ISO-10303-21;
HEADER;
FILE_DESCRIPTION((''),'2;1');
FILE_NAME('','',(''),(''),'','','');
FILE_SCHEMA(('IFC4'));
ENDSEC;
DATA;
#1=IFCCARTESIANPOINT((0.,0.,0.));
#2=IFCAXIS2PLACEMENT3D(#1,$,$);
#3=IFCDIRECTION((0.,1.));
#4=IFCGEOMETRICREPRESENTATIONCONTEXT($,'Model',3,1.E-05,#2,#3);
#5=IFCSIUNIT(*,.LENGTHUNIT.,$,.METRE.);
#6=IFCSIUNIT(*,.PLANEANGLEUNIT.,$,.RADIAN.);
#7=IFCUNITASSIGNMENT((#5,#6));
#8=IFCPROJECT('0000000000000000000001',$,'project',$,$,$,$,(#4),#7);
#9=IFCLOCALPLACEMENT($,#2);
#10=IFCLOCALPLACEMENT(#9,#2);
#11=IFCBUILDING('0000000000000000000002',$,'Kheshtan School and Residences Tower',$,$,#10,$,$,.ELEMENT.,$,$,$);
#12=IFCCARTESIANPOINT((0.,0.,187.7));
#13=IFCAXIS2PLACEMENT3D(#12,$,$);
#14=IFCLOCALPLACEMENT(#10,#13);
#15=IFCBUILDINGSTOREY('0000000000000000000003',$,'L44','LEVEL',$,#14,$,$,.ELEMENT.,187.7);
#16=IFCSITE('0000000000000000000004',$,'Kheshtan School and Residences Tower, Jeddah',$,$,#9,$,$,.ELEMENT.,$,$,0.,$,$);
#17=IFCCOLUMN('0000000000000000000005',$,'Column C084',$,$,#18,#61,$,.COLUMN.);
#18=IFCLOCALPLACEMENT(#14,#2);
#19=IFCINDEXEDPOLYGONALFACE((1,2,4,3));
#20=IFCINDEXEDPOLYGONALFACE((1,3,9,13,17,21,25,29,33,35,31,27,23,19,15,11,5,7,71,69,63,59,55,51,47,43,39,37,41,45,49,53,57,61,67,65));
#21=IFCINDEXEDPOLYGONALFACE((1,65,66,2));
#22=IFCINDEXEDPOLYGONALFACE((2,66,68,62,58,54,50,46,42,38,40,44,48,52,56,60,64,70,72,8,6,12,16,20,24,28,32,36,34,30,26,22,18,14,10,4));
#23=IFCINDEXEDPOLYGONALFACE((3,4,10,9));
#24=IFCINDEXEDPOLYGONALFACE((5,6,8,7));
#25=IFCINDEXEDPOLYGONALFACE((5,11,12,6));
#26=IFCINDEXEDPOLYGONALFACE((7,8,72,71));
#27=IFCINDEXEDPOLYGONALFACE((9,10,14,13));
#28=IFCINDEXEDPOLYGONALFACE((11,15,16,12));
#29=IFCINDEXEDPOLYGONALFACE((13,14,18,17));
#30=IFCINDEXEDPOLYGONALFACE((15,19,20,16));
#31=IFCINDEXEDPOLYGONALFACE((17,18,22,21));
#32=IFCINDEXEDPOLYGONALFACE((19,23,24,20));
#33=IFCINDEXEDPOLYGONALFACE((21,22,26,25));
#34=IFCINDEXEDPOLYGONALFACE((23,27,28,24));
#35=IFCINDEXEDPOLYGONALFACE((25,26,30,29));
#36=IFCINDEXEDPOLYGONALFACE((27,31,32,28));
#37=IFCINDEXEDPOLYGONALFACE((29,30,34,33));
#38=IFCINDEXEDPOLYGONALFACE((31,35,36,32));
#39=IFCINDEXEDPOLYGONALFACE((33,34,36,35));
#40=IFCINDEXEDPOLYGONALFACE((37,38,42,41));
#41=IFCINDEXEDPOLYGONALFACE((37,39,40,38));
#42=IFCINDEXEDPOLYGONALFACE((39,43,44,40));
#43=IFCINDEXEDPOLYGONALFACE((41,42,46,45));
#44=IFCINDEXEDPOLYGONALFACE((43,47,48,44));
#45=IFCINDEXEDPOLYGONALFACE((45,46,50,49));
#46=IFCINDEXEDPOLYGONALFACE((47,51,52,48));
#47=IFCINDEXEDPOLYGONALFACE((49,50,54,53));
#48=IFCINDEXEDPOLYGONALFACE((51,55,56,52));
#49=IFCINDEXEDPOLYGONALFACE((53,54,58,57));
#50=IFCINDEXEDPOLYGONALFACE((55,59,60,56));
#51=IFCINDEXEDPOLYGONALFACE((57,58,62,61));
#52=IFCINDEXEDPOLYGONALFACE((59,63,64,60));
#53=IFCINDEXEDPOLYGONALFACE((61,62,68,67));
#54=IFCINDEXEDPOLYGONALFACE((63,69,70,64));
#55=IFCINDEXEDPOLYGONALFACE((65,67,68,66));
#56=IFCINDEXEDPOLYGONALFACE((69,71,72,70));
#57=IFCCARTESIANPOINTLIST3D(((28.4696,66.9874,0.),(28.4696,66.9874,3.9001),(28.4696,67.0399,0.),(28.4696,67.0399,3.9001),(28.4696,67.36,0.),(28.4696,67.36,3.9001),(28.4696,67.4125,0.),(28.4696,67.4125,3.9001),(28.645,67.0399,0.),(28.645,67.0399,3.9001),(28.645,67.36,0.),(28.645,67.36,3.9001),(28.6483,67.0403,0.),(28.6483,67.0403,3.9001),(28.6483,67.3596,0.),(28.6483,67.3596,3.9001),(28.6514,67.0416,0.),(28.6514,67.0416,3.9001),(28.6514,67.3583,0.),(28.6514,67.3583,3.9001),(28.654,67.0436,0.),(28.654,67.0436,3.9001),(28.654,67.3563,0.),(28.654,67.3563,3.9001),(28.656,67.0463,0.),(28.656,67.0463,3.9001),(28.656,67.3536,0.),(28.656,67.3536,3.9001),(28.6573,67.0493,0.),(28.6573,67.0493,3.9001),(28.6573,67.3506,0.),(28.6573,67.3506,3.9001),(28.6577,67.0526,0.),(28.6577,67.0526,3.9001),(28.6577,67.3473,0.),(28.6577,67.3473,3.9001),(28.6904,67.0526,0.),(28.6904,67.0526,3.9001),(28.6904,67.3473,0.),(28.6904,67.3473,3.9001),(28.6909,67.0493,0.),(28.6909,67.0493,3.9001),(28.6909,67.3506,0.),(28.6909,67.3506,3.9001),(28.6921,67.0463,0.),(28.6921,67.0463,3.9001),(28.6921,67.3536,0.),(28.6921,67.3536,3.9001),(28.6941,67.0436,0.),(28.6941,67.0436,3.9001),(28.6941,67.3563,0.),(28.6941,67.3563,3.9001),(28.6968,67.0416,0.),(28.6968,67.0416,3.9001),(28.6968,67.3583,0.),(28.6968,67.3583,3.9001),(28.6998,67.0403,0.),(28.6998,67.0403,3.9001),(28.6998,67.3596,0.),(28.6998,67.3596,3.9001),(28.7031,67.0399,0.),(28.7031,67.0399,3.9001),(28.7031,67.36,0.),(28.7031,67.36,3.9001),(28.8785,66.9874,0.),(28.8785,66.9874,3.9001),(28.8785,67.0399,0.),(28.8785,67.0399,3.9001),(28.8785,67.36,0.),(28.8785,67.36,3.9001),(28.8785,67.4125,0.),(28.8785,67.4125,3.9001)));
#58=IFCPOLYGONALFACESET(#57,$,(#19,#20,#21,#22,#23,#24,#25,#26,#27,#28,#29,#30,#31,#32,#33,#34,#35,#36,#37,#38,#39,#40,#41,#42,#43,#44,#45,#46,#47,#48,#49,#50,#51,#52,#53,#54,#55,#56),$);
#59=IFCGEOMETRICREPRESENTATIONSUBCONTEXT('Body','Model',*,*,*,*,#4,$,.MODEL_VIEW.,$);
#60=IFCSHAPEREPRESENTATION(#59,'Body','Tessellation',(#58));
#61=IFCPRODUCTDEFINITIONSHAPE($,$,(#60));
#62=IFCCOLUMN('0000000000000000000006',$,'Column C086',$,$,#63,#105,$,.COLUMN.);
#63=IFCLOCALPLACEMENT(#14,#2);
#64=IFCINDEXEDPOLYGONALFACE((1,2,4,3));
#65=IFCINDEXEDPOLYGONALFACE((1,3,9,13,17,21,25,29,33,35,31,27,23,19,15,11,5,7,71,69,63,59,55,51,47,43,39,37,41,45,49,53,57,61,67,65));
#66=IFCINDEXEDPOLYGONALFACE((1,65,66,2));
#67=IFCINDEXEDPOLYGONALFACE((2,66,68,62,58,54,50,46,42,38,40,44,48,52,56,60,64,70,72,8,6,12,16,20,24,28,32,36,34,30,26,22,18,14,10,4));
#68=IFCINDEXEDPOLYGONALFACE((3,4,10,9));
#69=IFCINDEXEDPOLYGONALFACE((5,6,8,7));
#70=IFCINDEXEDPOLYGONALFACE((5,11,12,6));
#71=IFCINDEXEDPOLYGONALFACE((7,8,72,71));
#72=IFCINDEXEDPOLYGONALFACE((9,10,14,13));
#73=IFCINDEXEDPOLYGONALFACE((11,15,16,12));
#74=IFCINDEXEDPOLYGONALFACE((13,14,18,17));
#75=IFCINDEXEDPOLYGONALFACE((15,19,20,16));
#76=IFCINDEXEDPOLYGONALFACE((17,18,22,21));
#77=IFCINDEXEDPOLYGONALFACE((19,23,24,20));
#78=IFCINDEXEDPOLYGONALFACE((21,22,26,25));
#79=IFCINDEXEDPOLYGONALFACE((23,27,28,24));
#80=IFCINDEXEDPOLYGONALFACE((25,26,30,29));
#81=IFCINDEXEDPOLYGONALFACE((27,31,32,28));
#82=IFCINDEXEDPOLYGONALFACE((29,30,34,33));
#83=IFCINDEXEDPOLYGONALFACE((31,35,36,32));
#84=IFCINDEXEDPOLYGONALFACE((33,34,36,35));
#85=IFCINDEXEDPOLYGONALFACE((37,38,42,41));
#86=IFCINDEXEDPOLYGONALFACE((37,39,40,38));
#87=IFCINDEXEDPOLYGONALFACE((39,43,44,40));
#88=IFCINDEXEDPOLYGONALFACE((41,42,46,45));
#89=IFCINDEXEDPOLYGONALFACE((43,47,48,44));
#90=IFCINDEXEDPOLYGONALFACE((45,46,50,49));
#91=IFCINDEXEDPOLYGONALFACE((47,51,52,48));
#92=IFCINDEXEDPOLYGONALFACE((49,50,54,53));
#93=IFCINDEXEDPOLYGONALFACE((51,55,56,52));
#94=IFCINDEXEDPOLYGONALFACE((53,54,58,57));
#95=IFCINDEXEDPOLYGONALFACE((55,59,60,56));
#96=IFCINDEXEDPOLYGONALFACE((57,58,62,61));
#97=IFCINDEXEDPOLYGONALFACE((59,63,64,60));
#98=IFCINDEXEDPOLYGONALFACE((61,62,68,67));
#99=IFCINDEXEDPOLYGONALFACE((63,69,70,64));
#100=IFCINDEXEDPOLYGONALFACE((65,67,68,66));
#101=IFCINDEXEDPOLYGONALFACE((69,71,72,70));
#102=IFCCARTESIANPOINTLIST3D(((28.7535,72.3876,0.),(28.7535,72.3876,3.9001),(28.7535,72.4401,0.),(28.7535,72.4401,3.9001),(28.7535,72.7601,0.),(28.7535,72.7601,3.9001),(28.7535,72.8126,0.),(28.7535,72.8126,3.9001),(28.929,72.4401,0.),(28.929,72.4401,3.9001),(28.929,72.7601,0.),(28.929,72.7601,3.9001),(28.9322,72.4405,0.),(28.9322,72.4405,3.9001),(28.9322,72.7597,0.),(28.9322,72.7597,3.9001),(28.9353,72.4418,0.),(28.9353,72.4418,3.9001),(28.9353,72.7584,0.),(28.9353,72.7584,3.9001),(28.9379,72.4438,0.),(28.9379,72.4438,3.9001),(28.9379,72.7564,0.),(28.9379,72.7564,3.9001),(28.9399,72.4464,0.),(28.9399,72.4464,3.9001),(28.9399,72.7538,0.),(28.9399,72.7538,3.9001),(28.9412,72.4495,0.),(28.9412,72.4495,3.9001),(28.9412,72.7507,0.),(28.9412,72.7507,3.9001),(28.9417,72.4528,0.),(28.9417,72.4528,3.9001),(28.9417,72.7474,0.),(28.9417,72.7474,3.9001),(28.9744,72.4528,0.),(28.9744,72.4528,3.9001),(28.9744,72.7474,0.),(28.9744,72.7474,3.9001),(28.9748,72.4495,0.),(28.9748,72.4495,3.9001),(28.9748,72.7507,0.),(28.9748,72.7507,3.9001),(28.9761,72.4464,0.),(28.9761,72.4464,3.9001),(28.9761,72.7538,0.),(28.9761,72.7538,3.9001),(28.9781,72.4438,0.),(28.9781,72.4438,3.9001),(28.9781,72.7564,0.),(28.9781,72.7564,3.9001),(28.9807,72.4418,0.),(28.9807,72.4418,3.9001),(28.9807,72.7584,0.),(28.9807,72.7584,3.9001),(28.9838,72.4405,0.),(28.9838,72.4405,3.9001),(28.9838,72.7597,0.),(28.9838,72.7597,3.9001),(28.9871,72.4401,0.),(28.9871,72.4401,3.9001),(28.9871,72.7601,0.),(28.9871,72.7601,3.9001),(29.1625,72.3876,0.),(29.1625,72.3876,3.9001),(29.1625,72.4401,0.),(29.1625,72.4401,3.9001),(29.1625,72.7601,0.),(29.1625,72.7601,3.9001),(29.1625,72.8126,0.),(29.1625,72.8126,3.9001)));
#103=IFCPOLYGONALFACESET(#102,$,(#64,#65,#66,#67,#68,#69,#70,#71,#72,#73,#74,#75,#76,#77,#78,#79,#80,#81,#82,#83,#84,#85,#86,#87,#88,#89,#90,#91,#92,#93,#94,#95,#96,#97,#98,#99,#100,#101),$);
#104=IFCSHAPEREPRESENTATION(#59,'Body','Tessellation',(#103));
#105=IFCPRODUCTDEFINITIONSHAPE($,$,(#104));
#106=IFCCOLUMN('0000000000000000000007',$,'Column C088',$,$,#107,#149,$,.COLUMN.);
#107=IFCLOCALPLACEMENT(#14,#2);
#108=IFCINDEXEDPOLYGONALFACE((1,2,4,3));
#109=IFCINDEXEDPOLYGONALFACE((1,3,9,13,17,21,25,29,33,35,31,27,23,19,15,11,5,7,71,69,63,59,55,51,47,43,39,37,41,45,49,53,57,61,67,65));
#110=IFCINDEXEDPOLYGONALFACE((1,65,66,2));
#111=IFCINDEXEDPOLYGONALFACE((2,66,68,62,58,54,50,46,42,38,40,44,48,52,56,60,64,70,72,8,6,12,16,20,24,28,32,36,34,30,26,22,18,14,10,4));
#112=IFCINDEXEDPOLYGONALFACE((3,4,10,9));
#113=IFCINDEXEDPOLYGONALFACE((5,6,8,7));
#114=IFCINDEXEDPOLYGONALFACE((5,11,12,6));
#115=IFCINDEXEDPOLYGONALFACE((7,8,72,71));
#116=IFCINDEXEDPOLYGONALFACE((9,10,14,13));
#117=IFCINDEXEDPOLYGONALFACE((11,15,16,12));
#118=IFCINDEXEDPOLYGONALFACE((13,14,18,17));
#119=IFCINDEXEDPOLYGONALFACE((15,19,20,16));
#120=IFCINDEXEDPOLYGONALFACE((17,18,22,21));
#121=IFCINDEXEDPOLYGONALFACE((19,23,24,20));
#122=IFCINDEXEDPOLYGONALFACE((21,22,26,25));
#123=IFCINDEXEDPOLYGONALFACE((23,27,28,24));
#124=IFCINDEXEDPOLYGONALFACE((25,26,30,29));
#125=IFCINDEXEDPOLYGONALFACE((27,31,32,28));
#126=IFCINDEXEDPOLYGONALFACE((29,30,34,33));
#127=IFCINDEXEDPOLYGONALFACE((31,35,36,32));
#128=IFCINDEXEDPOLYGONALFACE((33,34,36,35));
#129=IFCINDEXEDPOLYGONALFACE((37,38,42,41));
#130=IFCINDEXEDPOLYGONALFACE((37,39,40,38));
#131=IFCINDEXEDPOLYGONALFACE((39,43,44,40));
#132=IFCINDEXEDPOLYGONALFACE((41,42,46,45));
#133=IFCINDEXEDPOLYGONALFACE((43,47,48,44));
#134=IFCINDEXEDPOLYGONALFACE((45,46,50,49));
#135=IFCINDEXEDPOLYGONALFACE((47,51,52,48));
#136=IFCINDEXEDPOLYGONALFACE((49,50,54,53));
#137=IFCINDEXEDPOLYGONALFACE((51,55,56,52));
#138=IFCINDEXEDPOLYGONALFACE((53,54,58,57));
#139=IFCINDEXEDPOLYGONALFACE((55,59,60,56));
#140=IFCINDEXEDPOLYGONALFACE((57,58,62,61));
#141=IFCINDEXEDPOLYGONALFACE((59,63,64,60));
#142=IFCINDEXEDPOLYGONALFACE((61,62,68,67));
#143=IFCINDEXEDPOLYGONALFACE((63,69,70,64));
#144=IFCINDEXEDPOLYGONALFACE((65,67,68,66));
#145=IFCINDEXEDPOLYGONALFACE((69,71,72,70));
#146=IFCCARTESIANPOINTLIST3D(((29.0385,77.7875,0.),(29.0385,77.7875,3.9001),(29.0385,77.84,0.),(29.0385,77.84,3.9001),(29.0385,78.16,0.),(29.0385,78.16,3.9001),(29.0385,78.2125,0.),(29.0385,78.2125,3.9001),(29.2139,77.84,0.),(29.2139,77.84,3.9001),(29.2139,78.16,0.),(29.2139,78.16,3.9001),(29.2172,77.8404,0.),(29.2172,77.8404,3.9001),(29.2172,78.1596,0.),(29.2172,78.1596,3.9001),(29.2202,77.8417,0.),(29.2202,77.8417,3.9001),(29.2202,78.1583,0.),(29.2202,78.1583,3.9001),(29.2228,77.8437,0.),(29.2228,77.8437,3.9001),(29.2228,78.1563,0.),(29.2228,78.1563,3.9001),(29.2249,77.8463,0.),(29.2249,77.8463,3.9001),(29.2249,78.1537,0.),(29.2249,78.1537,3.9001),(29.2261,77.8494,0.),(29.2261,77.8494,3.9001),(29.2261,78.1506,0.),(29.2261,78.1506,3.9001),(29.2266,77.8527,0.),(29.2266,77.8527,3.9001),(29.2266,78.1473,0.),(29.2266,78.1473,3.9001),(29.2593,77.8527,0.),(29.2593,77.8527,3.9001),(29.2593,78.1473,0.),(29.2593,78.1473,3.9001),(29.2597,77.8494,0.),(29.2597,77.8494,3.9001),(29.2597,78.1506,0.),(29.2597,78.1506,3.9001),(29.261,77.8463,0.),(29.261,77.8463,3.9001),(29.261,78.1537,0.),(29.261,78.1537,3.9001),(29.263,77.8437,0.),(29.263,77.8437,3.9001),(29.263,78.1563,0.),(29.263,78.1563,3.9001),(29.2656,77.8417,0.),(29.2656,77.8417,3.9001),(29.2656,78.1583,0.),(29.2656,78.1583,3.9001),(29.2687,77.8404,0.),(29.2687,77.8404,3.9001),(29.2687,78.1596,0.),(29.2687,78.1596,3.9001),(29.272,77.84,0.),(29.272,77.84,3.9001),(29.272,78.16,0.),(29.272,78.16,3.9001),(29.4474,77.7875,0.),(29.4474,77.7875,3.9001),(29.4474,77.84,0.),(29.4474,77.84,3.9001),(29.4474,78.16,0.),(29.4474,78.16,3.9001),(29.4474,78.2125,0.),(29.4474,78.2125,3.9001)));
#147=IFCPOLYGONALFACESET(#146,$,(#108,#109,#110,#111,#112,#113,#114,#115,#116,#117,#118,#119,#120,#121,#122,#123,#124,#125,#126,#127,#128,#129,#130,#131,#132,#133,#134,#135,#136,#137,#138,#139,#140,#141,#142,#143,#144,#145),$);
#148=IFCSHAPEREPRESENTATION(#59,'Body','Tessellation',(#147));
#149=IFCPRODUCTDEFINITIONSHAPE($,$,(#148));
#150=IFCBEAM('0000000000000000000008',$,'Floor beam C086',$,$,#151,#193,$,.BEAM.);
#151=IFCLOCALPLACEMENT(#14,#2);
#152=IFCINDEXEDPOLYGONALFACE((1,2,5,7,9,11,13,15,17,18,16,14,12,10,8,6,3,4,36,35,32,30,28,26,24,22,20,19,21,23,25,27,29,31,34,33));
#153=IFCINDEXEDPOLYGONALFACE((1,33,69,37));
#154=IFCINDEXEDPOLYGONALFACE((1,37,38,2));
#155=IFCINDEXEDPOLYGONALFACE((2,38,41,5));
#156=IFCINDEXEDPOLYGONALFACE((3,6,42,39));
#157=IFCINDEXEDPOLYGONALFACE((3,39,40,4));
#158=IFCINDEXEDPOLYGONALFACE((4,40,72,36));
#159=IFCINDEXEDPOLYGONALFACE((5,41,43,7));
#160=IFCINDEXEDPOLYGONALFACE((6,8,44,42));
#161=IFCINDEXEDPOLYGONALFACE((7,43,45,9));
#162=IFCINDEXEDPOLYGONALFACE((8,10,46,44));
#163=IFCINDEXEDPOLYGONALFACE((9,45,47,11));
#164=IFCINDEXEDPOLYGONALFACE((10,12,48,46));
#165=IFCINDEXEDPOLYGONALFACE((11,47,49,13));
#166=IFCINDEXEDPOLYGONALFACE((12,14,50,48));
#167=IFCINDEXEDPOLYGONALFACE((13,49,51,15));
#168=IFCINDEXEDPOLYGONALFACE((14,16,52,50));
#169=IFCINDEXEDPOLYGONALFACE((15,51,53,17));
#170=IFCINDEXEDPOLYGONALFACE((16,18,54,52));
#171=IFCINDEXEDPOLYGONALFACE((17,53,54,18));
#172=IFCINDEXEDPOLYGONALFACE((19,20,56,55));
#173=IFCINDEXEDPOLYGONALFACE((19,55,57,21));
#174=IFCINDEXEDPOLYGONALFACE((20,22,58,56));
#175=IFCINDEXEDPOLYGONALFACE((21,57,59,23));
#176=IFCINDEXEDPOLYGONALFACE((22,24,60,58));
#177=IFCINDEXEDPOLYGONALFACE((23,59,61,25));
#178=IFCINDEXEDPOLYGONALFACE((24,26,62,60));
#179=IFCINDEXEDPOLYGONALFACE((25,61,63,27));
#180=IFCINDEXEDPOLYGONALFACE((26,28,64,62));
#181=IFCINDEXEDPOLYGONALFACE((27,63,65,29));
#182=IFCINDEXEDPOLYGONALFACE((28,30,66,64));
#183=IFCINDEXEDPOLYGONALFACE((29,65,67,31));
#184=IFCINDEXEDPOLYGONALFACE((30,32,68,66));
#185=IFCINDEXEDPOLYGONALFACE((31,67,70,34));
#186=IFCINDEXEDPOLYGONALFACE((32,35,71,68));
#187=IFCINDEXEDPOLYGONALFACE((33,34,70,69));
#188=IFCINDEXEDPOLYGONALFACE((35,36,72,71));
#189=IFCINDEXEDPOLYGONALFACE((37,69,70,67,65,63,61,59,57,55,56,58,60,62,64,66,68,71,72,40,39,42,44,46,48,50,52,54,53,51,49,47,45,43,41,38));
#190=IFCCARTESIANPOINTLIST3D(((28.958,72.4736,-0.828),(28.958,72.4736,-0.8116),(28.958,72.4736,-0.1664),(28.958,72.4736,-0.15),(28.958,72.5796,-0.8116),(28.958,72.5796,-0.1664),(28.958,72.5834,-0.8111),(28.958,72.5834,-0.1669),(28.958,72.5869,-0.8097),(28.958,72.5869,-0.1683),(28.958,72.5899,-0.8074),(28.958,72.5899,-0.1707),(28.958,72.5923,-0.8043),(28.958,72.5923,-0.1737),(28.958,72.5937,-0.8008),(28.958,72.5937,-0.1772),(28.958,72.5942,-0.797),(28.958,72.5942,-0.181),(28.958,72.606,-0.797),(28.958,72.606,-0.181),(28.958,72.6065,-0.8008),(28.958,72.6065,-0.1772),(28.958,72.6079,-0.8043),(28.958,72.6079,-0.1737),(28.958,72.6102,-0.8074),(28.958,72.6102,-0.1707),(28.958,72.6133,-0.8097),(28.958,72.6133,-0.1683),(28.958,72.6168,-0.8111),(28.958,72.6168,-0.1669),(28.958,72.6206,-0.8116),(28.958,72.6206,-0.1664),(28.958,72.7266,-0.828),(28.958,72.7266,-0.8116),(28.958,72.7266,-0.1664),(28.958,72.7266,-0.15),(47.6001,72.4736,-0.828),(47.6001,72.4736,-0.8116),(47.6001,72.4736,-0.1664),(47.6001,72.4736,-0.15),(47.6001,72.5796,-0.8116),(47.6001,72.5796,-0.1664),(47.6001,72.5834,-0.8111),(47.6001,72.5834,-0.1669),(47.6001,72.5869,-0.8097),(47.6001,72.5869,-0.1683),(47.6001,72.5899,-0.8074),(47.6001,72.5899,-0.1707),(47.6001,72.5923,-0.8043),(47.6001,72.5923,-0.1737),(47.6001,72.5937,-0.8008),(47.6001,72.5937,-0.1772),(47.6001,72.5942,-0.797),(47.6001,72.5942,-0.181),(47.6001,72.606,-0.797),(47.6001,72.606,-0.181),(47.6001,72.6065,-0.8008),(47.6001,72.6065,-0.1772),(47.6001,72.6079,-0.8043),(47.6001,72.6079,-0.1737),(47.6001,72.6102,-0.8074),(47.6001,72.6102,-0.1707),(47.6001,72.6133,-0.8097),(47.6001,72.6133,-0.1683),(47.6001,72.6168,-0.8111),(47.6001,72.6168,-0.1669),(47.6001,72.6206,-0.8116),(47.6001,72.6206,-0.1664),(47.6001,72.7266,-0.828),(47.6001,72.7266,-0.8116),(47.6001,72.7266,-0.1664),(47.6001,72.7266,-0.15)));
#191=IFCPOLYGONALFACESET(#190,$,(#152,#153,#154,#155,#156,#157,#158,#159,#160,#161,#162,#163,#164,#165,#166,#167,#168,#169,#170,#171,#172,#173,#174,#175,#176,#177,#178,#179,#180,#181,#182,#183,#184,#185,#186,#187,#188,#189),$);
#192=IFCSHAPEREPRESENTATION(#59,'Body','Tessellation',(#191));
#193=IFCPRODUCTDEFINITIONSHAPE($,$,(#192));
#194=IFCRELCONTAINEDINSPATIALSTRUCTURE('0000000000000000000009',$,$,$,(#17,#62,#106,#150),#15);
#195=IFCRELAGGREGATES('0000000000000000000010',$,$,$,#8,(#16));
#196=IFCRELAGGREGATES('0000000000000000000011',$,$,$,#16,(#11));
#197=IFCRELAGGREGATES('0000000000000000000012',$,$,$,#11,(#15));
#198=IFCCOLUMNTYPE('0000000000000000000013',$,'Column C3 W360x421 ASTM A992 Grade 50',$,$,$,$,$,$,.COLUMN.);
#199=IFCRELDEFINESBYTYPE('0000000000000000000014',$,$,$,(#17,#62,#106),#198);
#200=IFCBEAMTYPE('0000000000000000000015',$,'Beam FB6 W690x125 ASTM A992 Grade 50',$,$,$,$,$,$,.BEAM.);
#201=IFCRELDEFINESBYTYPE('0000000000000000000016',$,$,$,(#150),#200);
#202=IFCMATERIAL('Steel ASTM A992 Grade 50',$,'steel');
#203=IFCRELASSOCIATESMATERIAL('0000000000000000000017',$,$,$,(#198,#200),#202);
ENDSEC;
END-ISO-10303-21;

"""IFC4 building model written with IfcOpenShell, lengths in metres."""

from ifc_helpers import new_model, si_unit, direction, frame, origin, origin_2d, place, context, subcontext, project, spatial, i_section, extrude, material, material_profile, profile_set, type_object, element, save


model = new_model("IFC4")

# Units and contexts
model_context = context("Model", 3, precision=1e-05, world=origin(), true_north=direction((0.0, 1.0)))
body_context = subcontext(model_context, "Body", "Model", "MODEL_VIEW")
ifc_project = project(units=[si_unit("LENGTHUNIT", "METRE"), si_unit("PLANEANGLEUNIT", "RADIAN")], contexts=[model_context])

# Site, building, storey
site_placement = place(None, origin())
site = spatial("IfcSite", under=ifc_project, at=site_placement, Name="Kheshtan School and Residences Tower, Jeddah", CompositionType="ELEMENT", RefElevation=0.0)
building_placement = place(site_placement, origin())
building = spatial("IfcBuilding", under=site, at=building_placement, Name="Kheshtan School and Residences Tower", CompositionType="ELEMENT")
storey_placement = place(building_placement, frame((0.0, 0.0, 187.7)))
storey = spatial("IfcBuildingStorey", under=building, at=storey_placement, Name="L44", Description="LEVEL", CompositionType="ELEMENT", Elevation=187.7)

# Columns
ifc_material_1 = material(Name="Steel ASTM A992 Grade 50", Category="steel")
ifc_material_profile_1 = material_profile(ifc_material_1, i_section(OverallWidth=0.4089, OverallDepth=0.425, WebThickness=0.0327, FlangeThickness=0.0525, FilletRadius=0.0127, at=origin_2d()), Name="W360x421")
ifc_profile_set_1 = profile_set([ifc_material_profile_1], Name="Steel ASTM A992 Grade 50")
column_type = type_object("IfcColumnType", Name="Column C3 W360x421 ASTM A992 Grade 50", PredefinedType="COLUMN", material=ifc_profile_set_1)
for number, where, z_axis, x_axis, name in (
    (1, (28.6741, 67.2, 0.0), (0.0, 0.0, 1.0), (1.0, 0.0, 0.0), "Column C084"),
    (2, (28.958, 72.6001, 0.0), (0.0, 0.0, 1.0), (1.0, 0.0, 0.0), "Column C086"),
    (3, (29.2429, 78.0, 0.0), (0.0, 0.0, 1.0), (1.0, 0.0, 0.0), "Column C088"),
):
    element("IfcColumn", number, at=place(storey_placement, frame(where, z_axis=z_axis, x_axis=x_axis)), inside=storey, type_object=column_type, Name=name, PredefinedType="COLUMN", context=body_context, shape_type="SweptSolid", body=[
        extrude(i_section(OverallWidth=0.4089, OverallDepth=0.425, WebThickness=0.0327, FlangeThickness=0.0525, FilletRadius=0.0127, at=origin_2d()), origin(), (0.0, 0.0, 1.0), 3.9001),
    ])

# Beam
ifc_material_profile_2 = material_profile(ifc_material_1, i_section(OverallWidth=0.2529, OverallDepth=0.678, WebThickness=0.0117, FlangeThickness=0.0164, FilletRadius=0.0146, at=origin_2d()), Name="W690x125")
ifc_profile_set_2 = profile_set([ifc_material_profile_2], Name="Steel ASTM A992 Grade 50")
beam_type_1 = type_object("IfcBeamType", Name="Beam FB6 W690x125 ASTM A992 Grade 50", PredefinedType="BEAM", material=ifc_profile_set_2)
beam_1_placement = place(storey_placement, frame((28.958, 72.6001, -0.489), z_axis=(1.0, 0.0, 0.0), x_axis=(0.0, 1.0, 0.0)))
element("IfcBeam", 4, at=beam_1_placement, inside=storey, type_object=beam_type_1, Name="Floor beam C086", PredefinedType="BEAM", context=body_context, shape_type="SweptSolid", body=[
    extrude(i_section(OverallWidth=0.2529, OverallDepth=0.678, WebThickness=0.0117, FlangeThickness=0.0164, FilletRadius=0.0146, at=origin_2d()), origin(), (0.0, 0.0, 1.0), 18.6421),
])

save(model, "model.ifc")
